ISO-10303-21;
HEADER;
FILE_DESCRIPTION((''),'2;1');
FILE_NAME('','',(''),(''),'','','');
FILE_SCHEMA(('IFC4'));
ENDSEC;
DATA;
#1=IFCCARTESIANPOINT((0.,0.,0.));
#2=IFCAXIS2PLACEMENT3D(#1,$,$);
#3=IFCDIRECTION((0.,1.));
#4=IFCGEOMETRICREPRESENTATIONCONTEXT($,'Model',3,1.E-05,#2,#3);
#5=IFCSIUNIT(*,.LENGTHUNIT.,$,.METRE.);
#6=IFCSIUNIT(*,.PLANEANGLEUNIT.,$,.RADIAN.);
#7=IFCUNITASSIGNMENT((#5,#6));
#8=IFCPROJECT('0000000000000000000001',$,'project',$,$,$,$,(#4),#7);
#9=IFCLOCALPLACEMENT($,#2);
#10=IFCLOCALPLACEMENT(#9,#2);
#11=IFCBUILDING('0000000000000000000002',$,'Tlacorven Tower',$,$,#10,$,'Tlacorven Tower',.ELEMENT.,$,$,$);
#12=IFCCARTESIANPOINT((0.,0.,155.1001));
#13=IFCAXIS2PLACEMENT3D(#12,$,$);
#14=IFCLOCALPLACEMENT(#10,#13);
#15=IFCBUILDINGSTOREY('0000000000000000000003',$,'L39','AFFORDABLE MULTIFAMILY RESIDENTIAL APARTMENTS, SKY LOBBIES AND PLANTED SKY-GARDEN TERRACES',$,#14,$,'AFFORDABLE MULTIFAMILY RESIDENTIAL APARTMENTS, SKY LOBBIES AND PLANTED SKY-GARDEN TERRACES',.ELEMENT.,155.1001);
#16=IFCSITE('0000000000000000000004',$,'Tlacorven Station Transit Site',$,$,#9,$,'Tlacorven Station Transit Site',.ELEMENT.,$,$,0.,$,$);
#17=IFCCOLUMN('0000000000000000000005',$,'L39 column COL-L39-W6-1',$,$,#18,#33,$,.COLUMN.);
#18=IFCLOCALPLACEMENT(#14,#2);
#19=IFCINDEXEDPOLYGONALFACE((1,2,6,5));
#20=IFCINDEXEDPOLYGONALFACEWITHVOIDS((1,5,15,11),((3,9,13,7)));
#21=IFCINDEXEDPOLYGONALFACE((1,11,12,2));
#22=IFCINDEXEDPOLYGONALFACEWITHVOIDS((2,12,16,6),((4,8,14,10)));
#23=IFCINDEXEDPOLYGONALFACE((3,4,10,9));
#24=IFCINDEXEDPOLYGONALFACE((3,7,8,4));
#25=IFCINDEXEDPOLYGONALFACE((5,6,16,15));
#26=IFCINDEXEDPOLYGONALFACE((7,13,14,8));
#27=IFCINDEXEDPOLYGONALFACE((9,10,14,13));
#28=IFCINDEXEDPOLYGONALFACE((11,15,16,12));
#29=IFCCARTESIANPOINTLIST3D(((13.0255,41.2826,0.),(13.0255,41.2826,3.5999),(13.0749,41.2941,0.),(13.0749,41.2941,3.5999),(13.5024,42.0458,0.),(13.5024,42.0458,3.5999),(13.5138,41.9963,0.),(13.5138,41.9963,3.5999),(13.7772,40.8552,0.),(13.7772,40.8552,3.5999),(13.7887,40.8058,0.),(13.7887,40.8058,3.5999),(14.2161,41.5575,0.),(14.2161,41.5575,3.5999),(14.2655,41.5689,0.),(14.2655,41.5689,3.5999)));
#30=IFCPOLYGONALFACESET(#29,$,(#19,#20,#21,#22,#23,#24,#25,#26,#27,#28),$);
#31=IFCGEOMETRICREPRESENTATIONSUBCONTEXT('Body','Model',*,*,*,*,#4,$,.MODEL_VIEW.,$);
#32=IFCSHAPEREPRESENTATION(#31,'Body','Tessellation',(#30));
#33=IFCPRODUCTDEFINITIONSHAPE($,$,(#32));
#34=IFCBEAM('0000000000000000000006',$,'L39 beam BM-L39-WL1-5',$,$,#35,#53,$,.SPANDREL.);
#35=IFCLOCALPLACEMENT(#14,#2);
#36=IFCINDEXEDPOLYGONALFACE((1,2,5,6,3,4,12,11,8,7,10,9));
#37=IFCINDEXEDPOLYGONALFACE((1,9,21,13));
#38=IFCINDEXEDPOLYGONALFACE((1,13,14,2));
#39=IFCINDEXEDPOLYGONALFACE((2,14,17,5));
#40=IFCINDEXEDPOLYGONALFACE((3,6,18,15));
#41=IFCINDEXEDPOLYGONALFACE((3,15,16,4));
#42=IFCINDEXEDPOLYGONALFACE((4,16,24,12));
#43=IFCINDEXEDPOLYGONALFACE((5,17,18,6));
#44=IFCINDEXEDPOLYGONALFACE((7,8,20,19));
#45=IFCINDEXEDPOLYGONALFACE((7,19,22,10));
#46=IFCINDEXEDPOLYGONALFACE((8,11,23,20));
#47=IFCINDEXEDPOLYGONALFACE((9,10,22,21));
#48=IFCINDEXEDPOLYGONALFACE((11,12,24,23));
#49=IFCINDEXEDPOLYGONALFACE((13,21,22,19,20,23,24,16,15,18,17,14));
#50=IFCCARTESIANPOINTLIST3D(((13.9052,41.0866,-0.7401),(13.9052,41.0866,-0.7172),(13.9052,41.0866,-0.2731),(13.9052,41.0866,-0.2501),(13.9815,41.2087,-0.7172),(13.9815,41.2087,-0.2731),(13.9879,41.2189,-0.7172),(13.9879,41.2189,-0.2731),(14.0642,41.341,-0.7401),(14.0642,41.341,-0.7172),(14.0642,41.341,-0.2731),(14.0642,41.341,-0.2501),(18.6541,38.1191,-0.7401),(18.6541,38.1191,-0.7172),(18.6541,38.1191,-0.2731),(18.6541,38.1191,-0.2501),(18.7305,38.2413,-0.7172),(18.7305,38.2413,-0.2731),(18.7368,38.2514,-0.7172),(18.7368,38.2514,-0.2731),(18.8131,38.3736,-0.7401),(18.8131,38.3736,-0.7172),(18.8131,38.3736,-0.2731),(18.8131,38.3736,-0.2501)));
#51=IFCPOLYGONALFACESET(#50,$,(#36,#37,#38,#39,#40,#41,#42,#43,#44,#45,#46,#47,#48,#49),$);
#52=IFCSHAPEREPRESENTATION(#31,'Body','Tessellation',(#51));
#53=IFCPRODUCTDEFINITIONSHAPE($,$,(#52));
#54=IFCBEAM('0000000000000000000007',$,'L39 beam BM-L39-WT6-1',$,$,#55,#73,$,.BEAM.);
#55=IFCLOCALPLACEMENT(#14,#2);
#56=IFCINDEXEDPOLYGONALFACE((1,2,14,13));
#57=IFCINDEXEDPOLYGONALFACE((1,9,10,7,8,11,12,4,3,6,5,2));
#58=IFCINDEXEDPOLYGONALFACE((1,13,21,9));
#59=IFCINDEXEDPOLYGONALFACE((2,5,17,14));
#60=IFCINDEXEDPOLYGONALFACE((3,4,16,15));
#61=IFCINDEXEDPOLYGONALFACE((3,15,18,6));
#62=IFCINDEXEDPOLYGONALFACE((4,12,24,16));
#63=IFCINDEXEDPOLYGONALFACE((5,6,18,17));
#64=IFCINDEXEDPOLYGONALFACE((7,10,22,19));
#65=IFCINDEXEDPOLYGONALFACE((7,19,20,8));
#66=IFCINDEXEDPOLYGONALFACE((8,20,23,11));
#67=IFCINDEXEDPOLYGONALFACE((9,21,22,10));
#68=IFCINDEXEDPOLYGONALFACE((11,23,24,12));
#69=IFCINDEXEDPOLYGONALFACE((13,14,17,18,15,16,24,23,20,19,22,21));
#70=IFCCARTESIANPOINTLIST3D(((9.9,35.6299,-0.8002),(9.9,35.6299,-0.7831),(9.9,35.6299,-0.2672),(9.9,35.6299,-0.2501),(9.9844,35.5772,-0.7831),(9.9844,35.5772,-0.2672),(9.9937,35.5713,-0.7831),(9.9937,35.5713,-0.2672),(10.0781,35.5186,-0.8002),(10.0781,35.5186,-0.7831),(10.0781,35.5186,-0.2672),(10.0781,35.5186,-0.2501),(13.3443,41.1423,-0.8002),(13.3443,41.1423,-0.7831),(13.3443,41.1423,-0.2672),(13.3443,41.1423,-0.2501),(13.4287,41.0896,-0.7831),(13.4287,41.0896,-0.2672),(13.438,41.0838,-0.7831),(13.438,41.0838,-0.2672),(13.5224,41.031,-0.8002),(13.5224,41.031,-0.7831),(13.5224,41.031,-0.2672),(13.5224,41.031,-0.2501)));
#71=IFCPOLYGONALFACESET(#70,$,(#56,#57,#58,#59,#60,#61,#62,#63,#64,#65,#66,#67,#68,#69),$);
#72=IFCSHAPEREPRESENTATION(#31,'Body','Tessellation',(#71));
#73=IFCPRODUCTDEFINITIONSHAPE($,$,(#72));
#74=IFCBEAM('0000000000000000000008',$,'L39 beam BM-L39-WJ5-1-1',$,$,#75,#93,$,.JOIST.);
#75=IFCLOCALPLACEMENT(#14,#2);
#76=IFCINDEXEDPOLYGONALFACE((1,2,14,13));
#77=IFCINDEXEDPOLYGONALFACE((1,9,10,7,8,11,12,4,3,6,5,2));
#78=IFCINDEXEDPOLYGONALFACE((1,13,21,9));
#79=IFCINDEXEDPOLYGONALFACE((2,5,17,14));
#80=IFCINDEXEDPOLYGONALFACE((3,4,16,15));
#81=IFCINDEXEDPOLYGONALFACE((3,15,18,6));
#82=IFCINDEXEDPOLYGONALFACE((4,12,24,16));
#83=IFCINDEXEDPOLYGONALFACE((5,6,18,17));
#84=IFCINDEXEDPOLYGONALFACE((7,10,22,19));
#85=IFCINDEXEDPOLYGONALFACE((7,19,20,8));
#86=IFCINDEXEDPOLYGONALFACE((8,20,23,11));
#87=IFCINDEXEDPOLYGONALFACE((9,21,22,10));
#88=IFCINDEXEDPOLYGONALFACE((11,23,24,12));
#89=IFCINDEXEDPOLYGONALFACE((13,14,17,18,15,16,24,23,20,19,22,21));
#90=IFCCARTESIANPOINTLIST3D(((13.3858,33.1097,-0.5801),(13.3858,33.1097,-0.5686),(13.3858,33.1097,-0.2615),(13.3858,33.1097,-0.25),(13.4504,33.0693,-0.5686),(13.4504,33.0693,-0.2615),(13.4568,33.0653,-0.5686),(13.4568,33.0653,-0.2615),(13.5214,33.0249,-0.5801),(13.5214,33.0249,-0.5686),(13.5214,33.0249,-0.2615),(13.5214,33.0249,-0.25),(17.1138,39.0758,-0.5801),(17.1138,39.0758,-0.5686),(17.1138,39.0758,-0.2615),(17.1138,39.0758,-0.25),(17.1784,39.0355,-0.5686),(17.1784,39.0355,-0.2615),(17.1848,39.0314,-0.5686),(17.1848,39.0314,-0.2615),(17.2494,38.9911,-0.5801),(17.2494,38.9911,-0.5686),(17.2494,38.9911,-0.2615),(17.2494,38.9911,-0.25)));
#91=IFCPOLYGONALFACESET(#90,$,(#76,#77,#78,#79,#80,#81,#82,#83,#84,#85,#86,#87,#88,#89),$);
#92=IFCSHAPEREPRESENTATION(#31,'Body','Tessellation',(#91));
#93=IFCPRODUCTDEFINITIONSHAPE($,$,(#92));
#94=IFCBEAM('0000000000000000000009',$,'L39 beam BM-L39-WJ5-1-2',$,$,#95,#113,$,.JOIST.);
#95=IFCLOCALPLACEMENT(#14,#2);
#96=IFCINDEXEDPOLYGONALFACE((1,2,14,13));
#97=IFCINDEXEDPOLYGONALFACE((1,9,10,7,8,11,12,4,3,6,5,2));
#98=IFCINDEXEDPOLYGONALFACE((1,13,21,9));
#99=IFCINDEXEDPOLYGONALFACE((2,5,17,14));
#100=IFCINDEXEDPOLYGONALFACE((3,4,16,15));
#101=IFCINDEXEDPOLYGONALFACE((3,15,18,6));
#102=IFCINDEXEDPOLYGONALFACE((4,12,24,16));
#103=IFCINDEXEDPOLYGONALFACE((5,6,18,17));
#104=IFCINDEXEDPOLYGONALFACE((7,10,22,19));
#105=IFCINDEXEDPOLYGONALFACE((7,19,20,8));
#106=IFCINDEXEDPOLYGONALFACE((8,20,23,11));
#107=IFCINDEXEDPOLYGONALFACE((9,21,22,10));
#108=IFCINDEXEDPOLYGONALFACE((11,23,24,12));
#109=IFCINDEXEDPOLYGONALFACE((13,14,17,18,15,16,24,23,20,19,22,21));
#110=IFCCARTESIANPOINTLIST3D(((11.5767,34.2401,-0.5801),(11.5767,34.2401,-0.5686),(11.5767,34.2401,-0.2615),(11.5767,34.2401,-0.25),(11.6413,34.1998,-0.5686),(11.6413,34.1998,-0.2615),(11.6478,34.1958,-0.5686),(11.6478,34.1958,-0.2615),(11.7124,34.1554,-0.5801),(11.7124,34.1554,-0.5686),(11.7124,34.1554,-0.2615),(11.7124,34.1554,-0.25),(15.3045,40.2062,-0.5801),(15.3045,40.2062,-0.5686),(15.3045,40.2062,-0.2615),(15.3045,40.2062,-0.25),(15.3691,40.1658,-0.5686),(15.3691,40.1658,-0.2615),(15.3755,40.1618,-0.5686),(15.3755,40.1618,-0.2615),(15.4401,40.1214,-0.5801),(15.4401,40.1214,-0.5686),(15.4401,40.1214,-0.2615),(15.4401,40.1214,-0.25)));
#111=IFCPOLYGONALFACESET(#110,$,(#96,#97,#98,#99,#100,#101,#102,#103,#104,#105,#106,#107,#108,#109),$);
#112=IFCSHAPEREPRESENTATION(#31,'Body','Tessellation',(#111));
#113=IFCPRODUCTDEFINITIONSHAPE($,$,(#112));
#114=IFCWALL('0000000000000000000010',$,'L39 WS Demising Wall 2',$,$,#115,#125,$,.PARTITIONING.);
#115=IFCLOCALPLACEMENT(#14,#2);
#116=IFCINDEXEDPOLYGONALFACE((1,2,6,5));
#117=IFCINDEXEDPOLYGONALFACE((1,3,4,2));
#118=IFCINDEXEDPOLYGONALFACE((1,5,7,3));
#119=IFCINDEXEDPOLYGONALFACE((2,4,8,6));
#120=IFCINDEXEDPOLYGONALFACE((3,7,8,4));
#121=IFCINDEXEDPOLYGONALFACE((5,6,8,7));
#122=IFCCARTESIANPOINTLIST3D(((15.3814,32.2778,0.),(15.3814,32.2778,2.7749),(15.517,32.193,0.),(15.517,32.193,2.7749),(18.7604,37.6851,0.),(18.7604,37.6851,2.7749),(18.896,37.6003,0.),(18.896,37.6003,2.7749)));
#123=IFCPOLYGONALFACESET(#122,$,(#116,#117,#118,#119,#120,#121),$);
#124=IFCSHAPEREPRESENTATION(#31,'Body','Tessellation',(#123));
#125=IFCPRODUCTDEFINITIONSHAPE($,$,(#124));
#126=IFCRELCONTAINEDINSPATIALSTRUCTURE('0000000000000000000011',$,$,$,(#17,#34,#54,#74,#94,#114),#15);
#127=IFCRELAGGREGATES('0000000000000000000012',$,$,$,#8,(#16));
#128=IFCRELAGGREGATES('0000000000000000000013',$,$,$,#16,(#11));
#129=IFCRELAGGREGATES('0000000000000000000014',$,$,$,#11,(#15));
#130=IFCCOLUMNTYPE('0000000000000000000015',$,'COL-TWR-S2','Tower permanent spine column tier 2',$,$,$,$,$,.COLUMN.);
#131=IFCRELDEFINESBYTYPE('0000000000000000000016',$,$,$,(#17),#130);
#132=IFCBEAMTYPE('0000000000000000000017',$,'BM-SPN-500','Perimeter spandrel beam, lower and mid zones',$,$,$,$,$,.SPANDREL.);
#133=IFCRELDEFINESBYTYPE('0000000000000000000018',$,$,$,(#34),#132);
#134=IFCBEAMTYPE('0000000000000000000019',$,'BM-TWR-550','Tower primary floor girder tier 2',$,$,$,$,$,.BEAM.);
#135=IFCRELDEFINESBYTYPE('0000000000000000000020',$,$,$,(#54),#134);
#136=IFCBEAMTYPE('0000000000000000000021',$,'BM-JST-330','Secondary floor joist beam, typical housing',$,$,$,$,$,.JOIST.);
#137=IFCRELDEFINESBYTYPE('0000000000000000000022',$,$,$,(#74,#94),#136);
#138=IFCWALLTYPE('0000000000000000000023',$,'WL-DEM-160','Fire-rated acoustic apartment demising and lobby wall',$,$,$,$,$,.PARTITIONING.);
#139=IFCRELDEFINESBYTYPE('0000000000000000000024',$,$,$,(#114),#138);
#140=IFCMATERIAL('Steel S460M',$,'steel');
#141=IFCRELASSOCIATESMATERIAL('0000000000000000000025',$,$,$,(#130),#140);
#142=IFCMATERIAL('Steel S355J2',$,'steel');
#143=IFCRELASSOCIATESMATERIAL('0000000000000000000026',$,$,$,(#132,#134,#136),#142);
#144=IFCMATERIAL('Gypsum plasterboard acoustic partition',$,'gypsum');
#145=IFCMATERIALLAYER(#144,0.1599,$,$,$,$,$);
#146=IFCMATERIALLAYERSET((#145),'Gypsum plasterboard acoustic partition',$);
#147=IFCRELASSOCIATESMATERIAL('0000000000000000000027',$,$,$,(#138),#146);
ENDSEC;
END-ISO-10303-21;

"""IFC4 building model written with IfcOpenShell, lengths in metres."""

from ifc_helpers import new_model, si_unit, direction, frame, frame_2d, origin, origin_2d, place, context, subcontext, project, spatial, rectangle, hollow_rectangle, i_section, extrude, source, transform, mapped, material, layer, layer_set, material_profile, profile_set, type_object, element, save


model = new_model("IFC4")

# Units and contexts
model_context = context("Model", 3, precision=1e-05, world=origin(), true_north=direction((0.0, 1.0)))
body_context = subcontext(model_context, "Body", "Model", "MODEL_VIEW")
ifc_project = project(units=[si_unit("LENGTHUNIT", "METRE"), si_unit("PLANEANGLEUNIT", "RADIAN")], contexts=[model_context])

# Site, building, storey
site_placement = place(None, origin())
site = spatial("IfcSite", under=ifc_project, at=site_placement, Name="Tlacorven Station Transit Site", LongName="Tlacorven Station Transit Site", CompositionType="ELEMENT", RefElevation=0.0)
building_placement = place(site_placement, origin())
building = spatial("IfcBuilding", under=site, at=building_placement, Name="Tlacorven Tower", LongName="Tlacorven Tower", CompositionType="ELEMENT")
storey_placement = place(building_placement, frame((0.0, 0.0, 155.1001)))
storey = spatial("IfcBuildingStorey", under=building, at=storey_placement, Name="L39", Description="AFFORDABLE MULTIFAMILY RESIDENTIAL APARTMENTS, SKY LOBBIES AND PLANTED SKY-GARDEN TERRACES", LongName="AFFORDABLE MULTIFAMILY RESIDENTIAL APARTMENTS, SKY LOBBIES AND PLANTED SKY-GARDEN TERRACES", CompositionType="ELEMENT", Elevation=155.1001)

# Column
ifc_material_1 = material(Name="Steel S460M", Category="steel")
ifc_material_profile_1 = material_profile(ifc_material_1, hollow_rectangle(XDim=0.8999, YDim=0.8999, WallThickness=0.0359, at=origin_2d()), Name="BOX 900X900X36")
ifc_profile_set_1 = profile_set([ifc_material_profile_1], Name="Steel S460M")
column_type = type_object("IfcColumnType", Name="COL-TWR-S2", Description="Tower permanent spine column tier 2", PredefinedType="COLUMN", material=ifc_profile_set_1)
shared_shape_1 = source(origin(), body_context, "Body", "SweptSolid", [
    extrude(hollow_rectangle(XDim=0.8999, YDim=0.8999, WallThickness=0.0359, at=origin_2d()), origin(), (0.0, 0.0, 1.0), 3.5999),
])
column_placement = place(storey_placement, frame((13.6455, 41.4258, 0.0), z_axis=(0.0, 0.0, 1.0), x_axis=(-0.848048, 0.529919, 0.0)))
element("IfcColumn", 1, at=column_placement, inside=storey, type_object=column_type, Name="L39 column COL-L39-W6-1", PredefinedType="COLUMN", context=body_context, shape_type="MappedRepresentation", body=[
    mapped(shared_shape_1, transform((0.0, 0.0, 0.0), scale=1.0)),
])

# Beams
ifc_material_2 = material(Name="Steel S355J2", Category="steel")
ifc_material_profile_2 = material_profile(ifc_material_2, i_section(OverallWidth=0.3, OverallDepth=0.49, WebThickness=0.012, FlangeThickness=0.0229, at=origin_2d()), Name="HEA 500")
ifc_profile_set_2 = profile_set([ifc_material_profile_2], Name="Steel S355J2")
beam_type_1 = type_object("IfcBeamType", Name="BM-SPN-500", Description="Perimeter spandrel beam, lower and mid zones", PredefinedType="SPANDREL", material=ifc_profile_set_2)
shared_shape_2 = source(origin(), body_context, "Body", "SweptSolid", [
    extrude(i_section(OverallWidth=0.3, OverallDepth=0.49, WebThickness=0.012, FlangeThickness=0.0229, at=origin_2d()), origin(), (0.0, 0.0, 1.0), 5.5999),
])
beam_1_placement = place(storey_placement, frame((18.7336, 38.2463, -0.4951), z_axis=(-0.848047, 0.529921, 0.0), x_axis=(-0.529921, -0.848047, 0.0)))
element("IfcBeam", 2, at=beam_1_placement, inside=storey, type_object=beam_type_1, Name="L39 beam BM-L39-WL1-5", PredefinedType="SPANDREL", context=body_context, shape_type="MappedRepresentation", body=[
    mapped(shared_shape_2, transform((0.0, 0.0, 0.0), scale=1.0)),
])
ifc_material_profile_3 = material_profile(ifc_material_2, i_section(OverallWidth=0.21, OverallDepth=0.55, WebThickness=0.011, FlangeThickness=0.0171, at=origin_2d()), Name="IPE 550")
ifc_profile_set_3 = profile_set([ifc_material_profile_3], Name="Steel S355J2")
beam_type_2 = type_object("IfcBeamType", Name="BM-TWR-550", Description="Tower primary floor girder tier 2", PredefinedType="BEAM", material=ifc_profile_set_3)
shared_shape_3 = source(origin(), body_context, "Body", "SweptSolid", [
    extrude(i_section(OverallWidth=0.21, OverallDepth=0.55, WebThickness=0.011, FlangeThickness=0.0171, at=origin_2d()), origin(), (0.0, 0.0, 1.0), 6.5),
])
beam_2_placement = place(storey_placement, frame((13.4333, 41.0867, -0.5251), z_axis=(-0.529894, -0.848064, 0.0), x_axis=(0.848064, -0.529894, 0.0)))
element("IfcBeam", 3, at=beam_2_placement, inside=storey, type_object=beam_type_2, Name="L39 beam BM-L39-WT6-1", PredefinedType="BEAM", context=body_context, shape_type="MappedRepresentation", body=[
    mapped(shared_shape_3, transform((0.0, 0.0, 0.0), scale=1.0)),
])
ifc_material_profile_4 = material_profile(ifc_material_2, i_section(OverallWidth=0.1599, OverallDepth=0.3301, WebThickness=0.0076, FlangeThickness=0.0115, at=origin_2d()), Name="IPE 330")
ifc_profile_set_4 = profile_set([ifc_material_profile_4], Name="Steel S355J2")
beam_type_3 = type_object("IfcBeamType", Name="BM-JST-330", Description="Secondary floor joist beam, typical housing", PredefinedType="JOIST", material=ifc_profile_set_4)
shared_shape_4 = source(origin(), body_context, "Body", "SweptSolid", [
    extrude(i_section(OverallWidth=0.1599, OverallDepth=0.3301, WebThickness=0.0076, FlangeThickness=0.0115, at=origin_2d()), origin(), (0.0, 0.0, 1.0), 7.0352),
])
beam_3_placement = place(storey_placement, frame((17.1816, 39.0334, -0.415), z_axis=(-0.529921, -0.848047, 0.0), x_axis=(0.848047, -0.529921, 0.0)))
element("IfcBeam", 4, at=beam_3_placement, inside=storey, type_object=beam_type_3, Name="L39 beam BM-L39-WJ5-1-1", PredefinedType="JOIST", context=body_context, shape_type="MappedRepresentation", body=[
    mapped(shared_shape_4, transform((0.0, 0.0, 0.0), scale=1.0)),
])
shared_shape_5 = source(origin(), body_context, "Body", "SweptSolid", [
    extrude(i_section(OverallWidth=0.1599, OverallDepth=0.3301, WebThickness=0.0076, FlangeThickness=0.0115, at=origin_2d()), origin(), (0.0, 0.0, 1.0), 7.0349),
])
beam_4_placement = place(storey_placement, frame((15.3723, 40.1638, -0.415), z_axis=(-0.529896, -0.848063, 0.0), x_axis=(0.848063, -0.529896, 0.0)))
element("IfcBeam", 5, at=beam_4_placement, inside=storey, type_object=beam_type_3, Name="L39 beam BM-L39-WJ5-1-2", PredefinedType="JOIST", context=body_context, shape_type="MappedRepresentation", body=[
    mapped(shared_shape_5, transform((0.0, 0.0, 0.0), scale=1.0)),
])

# Wall
ifc_material_3 = material(Name="Gypsum plasterboard acoustic partition", Category="gypsum")
ifc_layer_1 = layer(ifc_material_3, 0.1599)
ifc_layer_set_1 = layer_set([ifc_layer_1], Name="Gypsum plasterboard acoustic partition")
wall_type_1 = type_object("IfcWallType", Name="WL-DEM-160", Description="Fire-rated acoustic apartment demising and lobby wall", PredefinedType="PARTITIONING", material=ifc_layer_set_1)
wall_1_placement = place(storey_placement, frame((18.8281, 37.6426, 0.0), z_axis=(0.0, 0.0, 1.0), x_axis=(-0.52993, -0.848041, 0.0)))
element("IfcWall", 6, at=wall_1_placement, inside=storey, type_object=wall_type_1, Name="L39 WS Demising Wall 2", PredefinedType="PARTITIONING", context=body_context, shape_type="SweptSolid", body=[
    extrude(rectangle(XDim=6.3762, YDim=0.1599, at=frame_2d((3.188, 0.0))), origin(), (0.0, 0.0, 1.0), 2.7749),
])

save(model, "model.ifc")
